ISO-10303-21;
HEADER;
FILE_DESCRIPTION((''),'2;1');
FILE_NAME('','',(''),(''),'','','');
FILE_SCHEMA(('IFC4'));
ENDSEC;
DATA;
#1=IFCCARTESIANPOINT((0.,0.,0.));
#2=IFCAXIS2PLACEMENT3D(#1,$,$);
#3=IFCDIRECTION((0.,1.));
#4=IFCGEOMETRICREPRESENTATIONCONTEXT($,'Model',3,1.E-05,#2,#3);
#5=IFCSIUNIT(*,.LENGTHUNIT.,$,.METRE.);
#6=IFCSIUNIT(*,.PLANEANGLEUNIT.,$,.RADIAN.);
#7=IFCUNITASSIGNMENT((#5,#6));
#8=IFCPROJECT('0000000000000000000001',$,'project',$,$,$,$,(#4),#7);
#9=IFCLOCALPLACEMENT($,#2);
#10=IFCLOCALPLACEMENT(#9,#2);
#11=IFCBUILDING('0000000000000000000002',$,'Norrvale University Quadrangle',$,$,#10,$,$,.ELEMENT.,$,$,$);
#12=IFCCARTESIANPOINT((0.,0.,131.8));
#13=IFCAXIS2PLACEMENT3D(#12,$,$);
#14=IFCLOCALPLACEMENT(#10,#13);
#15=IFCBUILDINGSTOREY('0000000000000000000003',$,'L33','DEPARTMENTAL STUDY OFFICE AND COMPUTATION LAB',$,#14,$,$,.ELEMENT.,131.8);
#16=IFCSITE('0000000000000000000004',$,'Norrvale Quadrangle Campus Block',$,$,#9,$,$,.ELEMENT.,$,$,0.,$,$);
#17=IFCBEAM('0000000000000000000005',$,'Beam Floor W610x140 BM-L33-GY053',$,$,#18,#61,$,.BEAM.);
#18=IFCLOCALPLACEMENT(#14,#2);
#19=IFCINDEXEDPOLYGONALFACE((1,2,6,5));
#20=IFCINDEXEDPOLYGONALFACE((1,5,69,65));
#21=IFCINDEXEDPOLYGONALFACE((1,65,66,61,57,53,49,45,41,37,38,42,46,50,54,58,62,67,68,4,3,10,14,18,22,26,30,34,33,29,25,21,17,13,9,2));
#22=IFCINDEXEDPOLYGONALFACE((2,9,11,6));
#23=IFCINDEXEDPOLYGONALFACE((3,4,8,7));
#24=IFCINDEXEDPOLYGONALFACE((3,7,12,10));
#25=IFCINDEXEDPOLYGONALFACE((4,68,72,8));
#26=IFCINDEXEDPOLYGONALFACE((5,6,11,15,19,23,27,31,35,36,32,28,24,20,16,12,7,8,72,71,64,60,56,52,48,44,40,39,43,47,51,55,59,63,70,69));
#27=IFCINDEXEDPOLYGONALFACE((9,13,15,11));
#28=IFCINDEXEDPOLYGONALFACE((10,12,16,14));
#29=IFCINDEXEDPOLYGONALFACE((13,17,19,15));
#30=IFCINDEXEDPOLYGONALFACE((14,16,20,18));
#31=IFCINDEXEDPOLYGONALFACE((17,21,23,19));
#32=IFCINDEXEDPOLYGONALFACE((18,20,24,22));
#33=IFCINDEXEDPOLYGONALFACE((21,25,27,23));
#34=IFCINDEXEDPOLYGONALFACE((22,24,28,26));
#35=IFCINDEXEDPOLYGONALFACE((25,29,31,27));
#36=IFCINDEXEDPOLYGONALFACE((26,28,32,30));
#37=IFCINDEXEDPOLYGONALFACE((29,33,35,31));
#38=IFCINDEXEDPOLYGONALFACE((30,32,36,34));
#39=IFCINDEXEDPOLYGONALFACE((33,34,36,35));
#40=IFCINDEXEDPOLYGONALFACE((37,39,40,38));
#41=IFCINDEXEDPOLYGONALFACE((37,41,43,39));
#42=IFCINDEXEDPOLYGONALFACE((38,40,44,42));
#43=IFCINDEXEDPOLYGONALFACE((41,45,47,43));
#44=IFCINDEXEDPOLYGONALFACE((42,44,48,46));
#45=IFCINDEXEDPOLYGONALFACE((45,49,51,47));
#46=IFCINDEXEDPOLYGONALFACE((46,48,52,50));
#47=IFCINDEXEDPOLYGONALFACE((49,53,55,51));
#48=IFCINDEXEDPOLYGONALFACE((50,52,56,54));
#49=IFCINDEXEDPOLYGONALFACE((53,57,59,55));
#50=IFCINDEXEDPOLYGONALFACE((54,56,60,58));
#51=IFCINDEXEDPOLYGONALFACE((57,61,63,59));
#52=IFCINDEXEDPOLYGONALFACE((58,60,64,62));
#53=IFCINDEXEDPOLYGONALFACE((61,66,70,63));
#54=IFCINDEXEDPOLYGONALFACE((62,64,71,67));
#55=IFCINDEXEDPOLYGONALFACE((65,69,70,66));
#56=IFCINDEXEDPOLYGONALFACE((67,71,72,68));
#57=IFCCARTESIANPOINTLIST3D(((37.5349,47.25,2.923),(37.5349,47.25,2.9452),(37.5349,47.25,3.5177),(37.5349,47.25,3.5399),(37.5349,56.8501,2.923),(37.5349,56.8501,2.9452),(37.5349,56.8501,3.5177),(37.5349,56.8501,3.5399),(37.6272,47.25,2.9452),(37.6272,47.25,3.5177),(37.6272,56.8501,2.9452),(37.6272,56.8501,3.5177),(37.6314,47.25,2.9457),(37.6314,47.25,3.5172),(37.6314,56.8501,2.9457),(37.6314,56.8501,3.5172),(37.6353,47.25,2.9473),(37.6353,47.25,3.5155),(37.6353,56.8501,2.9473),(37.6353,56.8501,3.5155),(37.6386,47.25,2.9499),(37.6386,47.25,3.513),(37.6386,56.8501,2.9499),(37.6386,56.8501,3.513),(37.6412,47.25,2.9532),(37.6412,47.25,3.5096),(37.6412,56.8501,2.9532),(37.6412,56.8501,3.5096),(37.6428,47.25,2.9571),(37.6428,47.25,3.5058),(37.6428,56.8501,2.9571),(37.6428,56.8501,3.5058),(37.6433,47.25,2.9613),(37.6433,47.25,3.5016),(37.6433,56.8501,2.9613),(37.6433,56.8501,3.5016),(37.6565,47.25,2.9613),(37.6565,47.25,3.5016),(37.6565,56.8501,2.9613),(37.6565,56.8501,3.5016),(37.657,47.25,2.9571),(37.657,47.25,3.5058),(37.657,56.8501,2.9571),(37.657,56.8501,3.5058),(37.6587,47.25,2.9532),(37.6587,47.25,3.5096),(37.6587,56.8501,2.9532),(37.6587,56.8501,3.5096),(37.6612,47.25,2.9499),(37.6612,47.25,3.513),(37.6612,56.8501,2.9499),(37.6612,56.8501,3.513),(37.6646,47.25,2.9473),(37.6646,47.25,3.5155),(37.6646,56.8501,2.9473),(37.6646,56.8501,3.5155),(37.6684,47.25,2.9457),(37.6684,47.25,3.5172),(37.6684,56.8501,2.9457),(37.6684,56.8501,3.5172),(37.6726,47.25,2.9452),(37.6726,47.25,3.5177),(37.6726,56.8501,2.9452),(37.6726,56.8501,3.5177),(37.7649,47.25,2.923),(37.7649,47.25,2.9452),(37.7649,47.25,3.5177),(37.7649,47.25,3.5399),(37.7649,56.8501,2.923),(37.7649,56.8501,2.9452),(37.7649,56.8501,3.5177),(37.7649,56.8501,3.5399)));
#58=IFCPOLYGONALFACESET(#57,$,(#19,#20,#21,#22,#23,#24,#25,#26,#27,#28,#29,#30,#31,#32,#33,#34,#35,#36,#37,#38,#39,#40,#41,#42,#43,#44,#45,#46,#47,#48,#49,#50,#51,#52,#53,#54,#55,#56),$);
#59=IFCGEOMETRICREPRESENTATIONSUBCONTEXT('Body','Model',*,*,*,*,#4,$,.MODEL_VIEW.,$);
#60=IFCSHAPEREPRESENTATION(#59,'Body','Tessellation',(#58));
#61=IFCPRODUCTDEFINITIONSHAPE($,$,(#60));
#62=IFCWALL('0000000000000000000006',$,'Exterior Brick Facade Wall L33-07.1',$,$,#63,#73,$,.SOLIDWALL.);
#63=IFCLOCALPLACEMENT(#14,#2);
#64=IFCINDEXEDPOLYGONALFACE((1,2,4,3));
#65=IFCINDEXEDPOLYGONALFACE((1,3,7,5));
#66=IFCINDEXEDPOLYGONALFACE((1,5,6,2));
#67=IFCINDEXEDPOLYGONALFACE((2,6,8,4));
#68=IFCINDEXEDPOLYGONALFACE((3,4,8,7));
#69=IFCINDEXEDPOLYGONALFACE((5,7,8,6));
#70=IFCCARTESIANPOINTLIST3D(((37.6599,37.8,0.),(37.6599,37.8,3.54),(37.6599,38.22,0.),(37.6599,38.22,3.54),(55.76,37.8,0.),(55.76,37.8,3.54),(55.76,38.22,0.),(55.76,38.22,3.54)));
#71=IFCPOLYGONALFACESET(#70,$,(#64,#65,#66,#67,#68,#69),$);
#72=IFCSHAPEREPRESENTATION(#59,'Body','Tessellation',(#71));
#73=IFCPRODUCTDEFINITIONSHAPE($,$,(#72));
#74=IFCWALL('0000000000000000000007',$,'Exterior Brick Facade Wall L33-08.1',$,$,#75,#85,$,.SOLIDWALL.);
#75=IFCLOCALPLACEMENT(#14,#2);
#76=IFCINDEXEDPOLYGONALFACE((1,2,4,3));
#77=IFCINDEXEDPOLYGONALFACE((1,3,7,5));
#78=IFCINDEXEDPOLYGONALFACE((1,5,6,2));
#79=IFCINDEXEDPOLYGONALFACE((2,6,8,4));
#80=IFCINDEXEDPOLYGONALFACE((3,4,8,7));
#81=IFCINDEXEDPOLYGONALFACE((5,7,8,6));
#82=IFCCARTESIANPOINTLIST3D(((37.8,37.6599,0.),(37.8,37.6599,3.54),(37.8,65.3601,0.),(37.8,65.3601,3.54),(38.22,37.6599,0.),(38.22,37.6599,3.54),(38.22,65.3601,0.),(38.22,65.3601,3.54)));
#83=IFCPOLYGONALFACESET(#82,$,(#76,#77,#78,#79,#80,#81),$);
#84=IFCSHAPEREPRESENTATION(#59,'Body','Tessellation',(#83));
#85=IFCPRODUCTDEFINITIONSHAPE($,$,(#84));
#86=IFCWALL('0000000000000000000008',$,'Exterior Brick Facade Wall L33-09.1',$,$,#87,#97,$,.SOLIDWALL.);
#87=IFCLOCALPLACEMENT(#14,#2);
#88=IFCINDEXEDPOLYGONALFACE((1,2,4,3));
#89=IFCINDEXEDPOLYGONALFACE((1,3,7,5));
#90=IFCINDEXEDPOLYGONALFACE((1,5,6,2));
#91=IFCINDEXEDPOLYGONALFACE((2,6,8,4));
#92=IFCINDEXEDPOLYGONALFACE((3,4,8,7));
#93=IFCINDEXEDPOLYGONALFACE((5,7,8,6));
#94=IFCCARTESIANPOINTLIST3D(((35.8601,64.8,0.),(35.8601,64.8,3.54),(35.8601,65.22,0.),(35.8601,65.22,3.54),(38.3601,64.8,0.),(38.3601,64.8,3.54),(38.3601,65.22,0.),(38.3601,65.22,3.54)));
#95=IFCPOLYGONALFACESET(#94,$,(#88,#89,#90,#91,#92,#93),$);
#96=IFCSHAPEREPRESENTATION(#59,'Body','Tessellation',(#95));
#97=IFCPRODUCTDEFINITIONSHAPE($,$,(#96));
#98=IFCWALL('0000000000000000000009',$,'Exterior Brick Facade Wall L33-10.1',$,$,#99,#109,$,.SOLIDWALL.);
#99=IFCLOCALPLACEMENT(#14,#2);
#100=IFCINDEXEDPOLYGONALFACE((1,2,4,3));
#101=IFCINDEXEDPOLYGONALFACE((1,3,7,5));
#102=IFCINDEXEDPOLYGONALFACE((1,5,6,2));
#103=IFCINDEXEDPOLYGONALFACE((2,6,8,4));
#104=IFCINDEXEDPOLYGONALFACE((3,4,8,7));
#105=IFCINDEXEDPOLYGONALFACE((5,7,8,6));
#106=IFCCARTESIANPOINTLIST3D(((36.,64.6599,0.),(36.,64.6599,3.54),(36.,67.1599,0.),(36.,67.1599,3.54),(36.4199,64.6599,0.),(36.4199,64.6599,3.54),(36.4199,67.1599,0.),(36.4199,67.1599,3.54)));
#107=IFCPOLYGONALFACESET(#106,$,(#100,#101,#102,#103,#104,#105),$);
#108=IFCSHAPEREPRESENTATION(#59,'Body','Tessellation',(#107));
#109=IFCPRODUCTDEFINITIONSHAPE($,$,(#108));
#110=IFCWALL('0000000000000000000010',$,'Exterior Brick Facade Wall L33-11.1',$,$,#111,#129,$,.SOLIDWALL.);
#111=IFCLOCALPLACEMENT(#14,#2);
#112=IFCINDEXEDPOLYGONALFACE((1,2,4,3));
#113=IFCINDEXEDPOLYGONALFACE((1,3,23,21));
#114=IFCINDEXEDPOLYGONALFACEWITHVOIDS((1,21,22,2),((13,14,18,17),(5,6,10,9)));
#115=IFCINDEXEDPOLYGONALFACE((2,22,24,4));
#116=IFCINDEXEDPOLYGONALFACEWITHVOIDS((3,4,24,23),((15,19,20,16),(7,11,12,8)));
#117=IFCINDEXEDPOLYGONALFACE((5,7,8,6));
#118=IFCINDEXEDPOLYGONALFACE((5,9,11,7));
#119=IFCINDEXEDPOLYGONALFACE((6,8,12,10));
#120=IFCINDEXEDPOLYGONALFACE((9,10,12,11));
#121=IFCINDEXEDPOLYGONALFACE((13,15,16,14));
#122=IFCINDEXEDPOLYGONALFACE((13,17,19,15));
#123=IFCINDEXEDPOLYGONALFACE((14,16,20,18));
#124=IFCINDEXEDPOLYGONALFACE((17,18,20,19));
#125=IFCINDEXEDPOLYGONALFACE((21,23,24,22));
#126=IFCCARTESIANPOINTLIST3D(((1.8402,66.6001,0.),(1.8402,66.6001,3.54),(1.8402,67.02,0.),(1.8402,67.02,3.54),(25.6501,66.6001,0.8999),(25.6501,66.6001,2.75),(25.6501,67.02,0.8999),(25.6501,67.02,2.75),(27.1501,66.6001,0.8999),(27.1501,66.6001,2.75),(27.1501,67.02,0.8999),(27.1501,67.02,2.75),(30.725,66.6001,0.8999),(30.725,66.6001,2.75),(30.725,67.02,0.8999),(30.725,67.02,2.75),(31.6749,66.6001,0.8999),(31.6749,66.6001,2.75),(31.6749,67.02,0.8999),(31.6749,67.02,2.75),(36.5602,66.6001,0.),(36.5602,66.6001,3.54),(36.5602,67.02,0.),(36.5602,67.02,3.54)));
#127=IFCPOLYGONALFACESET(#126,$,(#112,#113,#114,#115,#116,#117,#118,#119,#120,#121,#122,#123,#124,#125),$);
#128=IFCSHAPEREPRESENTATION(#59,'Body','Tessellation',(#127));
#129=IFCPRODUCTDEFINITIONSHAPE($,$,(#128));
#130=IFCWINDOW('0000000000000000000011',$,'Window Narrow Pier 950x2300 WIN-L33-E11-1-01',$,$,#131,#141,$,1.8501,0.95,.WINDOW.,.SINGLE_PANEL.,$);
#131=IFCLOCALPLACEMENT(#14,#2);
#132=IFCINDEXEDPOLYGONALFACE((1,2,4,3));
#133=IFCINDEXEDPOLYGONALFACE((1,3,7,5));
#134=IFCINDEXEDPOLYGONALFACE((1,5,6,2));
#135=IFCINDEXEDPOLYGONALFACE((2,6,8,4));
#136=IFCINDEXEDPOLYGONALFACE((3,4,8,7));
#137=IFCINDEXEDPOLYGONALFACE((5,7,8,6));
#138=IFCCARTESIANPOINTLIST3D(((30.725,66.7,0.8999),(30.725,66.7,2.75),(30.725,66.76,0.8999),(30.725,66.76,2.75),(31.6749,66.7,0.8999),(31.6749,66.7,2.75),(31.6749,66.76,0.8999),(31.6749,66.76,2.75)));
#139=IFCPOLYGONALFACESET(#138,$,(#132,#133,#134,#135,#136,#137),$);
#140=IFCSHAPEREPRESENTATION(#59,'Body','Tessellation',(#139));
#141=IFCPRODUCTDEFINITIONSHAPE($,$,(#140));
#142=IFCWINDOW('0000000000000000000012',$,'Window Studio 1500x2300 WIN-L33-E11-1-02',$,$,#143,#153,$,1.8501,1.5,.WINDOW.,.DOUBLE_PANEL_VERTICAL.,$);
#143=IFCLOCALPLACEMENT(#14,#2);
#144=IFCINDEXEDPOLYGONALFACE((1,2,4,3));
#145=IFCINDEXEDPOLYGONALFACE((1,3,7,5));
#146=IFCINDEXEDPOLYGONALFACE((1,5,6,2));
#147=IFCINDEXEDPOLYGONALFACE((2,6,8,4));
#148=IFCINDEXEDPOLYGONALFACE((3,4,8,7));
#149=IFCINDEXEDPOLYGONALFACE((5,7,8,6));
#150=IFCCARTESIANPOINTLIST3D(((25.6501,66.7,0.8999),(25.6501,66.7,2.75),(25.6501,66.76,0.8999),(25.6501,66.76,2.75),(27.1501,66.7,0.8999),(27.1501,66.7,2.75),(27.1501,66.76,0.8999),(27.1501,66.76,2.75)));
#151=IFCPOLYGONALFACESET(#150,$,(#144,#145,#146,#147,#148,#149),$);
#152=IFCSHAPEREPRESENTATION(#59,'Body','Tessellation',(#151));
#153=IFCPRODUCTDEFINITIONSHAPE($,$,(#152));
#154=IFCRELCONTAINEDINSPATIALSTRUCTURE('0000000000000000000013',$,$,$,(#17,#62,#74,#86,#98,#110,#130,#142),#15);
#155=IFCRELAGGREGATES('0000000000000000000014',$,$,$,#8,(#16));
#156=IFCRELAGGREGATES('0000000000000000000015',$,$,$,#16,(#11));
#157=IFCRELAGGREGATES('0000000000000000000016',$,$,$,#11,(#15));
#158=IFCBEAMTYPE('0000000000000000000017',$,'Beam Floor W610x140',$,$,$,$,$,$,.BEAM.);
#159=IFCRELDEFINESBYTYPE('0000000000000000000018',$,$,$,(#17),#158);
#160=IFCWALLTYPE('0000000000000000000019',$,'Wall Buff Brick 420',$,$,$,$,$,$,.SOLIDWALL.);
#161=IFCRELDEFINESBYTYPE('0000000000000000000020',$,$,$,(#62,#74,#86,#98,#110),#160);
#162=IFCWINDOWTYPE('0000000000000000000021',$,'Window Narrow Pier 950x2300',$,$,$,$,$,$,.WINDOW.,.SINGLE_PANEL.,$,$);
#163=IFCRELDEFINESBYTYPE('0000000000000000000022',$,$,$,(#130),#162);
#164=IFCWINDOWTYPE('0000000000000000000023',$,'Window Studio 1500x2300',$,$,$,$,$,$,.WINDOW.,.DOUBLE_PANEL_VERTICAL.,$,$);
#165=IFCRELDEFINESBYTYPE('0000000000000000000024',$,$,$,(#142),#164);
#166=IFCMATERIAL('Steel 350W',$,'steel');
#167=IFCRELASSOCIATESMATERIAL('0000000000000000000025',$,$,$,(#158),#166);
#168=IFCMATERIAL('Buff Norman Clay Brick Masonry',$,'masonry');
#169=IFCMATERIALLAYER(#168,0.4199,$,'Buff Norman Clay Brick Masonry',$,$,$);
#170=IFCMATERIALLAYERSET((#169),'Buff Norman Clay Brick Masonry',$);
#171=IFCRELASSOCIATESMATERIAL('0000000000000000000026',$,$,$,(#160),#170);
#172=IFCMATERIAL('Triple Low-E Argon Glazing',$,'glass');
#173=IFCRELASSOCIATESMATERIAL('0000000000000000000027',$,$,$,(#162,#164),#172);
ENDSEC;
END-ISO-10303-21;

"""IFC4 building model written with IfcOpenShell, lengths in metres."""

from ifc_helpers import new_model, si_unit, direction, frame, frame_2d, origin, origin_2d, place, context, subcontext, project, spatial, rectangle, i_section, extrude, material, layer, layer_set, material_profile, profile_set, type_object, element, fill, save


model = new_model("IFC4")

# Units and contexts
model_context = context("Model", 3, precision=1e-05, world=origin(), true_north=direction((0.0, 1.0)))
body_context = subcontext(model_context, "Body", "Model", "MODEL_VIEW")
ifc_project = project(units=[si_unit("LENGTHUNIT", "METRE"), si_unit("PLANEANGLEUNIT", "RADIAN")], contexts=[model_context])

# Site, building, storey
site_placement = place(None, origin())
site = spatial("IfcSite", under=ifc_project, at=site_placement, Name="Norrvale Quadrangle Campus Block", CompositionType="ELEMENT", RefElevation=0.0)
building_placement = place(site_placement, origin())
building = spatial("IfcBuilding", under=site, at=building_placement, Name="Norrvale University Quadrangle", CompositionType="ELEMENT")
storey_placement = place(building_placement, frame((0.0, 0.0, 131.8)))
storey = spatial("IfcBuildingStorey", under=building, at=storey_placement, Name="L33", Description="DEPARTMENTAL STUDY OFFICE AND COMPUTATION LAB", CompositionType="ELEMENT", Elevation=131.8)

# Beam
ifc_material_1 = material(Name="Steel 350W", Category="steel")
ifc_material_profile_1 = material_profile(ifc_material_1, i_section(OverallWidth=0.23, OverallDepth=0.6169, WebThickness=0.0132, FlangeThickness=0.0222, FilletRadius=0.0161, at=origin_2d()), Name="Steel 350W")
ifc_profile_set_1 = profile_set([ifc_material_profile_1], Name="Steel 350W")
beam_type_1 = type_object("IfcBeamType", Name="Beam Floor W610x140", PredefinedType="BEAM", material=ifc_profile_set_1)
beam_1_placement = place(storey_placement, frame((37.6499, 47.25, 3.2314), z_axis=(0.0, 1.0, 0.0), x_axis=(-1.0, 0.0, 0.0)))
element("IfcBeam", 1, at=beam_1_placement, inside=storey, type_object=beam_type_1, Name="Beam Floor W610x140 BM-L33-GY053", PredefinedType="BEAM", context=body_context, shape_type="SweptSolid", body=[
    extrude(i_section(OverallWidth=0.23, OverallDepth=0.6169, WebThickness=0.0132, FlangeThickness=0.0222, FilletRadius=0.0161, at=origin_2d()), origin(), (0.0, 0.0, 1.0), 9.6001),
])

# Walls
ifc_material_2 = material(Name="Buff Norman Clay Brick Masonry", Category="masonry")
ifc_layer = layer(ifc_material_2, 0.4199, Name="Buff Norman Clay Brick Masonry")
ifc_layer_set = layer_set([ifc_layer], Name="Buff Norman Clay Brick Masonry")
wall_type = type_object("IfcWallType", Name="Wall Buff Brick 420", PredefinedType="SOLIDWALL", material=ifc_layer_set)
wall_1_placement = place(storey_placement, frame((55.76, 38.01, 0.0), z_axis=(0.0, 0.0, 1.0), x_axis=(-1.0, 0.0, 0.0)))
element("IfcWall", 2, at=wall_1_placement, inside=storey, type_object=wall_type, Name="Exterior Brick Facade Wall L33-07.1", PredefinedType="SOLIDWALL", context=body_context, shape_type="SweptSolid", body=[
    extrude(rectangle(XDim=18.1001, YDim=0.4199, at=frame_2d((9.05, 0.0))), origin(), (0.0, 0.0, 1.0), 3.54),
])
wall_2_placement = place(storey_placement, frame((38.01, 37.6599, 0.0), z_axis=(0.0, 0.0, 1.0), x_axis=(0.0, 1.0, 0.0)))
element("IfcWall", 3, at=wall_2_placement, inside=storey, type_object=wall_type, Name="Exterior Brick Facade Wall L33-08.1", PredefinedType="SOLIDWALL", context=body_context, shape_type="SweptSolid", body=[
    extrude(rectangle(XDim=27.7002, YDim=0.4199, at=frame_2d((13.8501, 0.0))), origin(), (0.0, 0.0, 1.0), 3.54),
])
for number, where, z_axis, x_axis, name in (
    (4, (38.3601, 65.01, 0.0), (0.0, 0.0, 1.0), (-1.0, 0.0, 0.0), "Exterior Brick Facade Wall L33-09.1"),
    (5, (36.21, 64.6599, 0.0), (0.0, 0.0, 1.0), (0.0, 1.0, 0.0), "Exterior Brick Facade Wall L33-10.1"),
):
    element("IfcWall", number, at=place(storey_placement, frame(where, z_axis=z_axis, x_axis=x_axis)), inside=storey, type_object=wall_type, Name=name, PredefinedType="SOLIDWALL", context=body_context, shape_type="SweptSolid", body=[
        extrude(rectangle(XDim=2.5, YDim=0.4199, at=frame_2d((1.25, 0.0))), origin(), (0.0, 0.0, 1.0), 3.54),
    ])

# Wall, openings, windows
wall_3_placement = place(storey_placement, frame((36.5601, 66.8101, 0.0), z_axis=(0.0, 0.0, 1.0), x_axis=(-1.0, 0.0, 0.0)))
wall_3 = element("IfcWall", 6, at=wall_3_placement, inside=storey, type_object=wall_type, Name="Exterior Brick Facade Wall L33-11.1", PredefinedType="SOLIDWALL", context=body_context, shape_type="SweptSolid", body=[
    extrude(rectangle(XDim=34.72, YDim=0.4199, at=frame_2d((17.3599, 0.0))), origin(), (0.0, 0.0, 1.0), 3.54),
])
opening_1_placement = place(wall_3_placement, frame((4.885, 0.0, 0.8999)))
opening_1 = element("IfcOpeningElement", 7, at=opening_1_placement, cuts=wall_3, PredefinedType="OPENING", context=body_context, shape_type="SweptSolid", body=[
    extrude(rectangle(XDim=0.95, YDim=1.8501, at=frame_2d((0.4751, 0.925))), frame((0.0, 0.2219, 0.0), z_axis=(0.0, -1.0, 0.0), x_axis=(1.0, 0.0, 0.0)), (0.0, 0.0, 1.0), 0.4438),
])
opening_2_placement = place(wall_3_placement, frame((9.4099, 0.0, 0.8999)))
opening_2 = element("IfcOpeningElement", 8, at=opening_2_placement, cuts=wall_3, PredefinedType="OPENING", context=body_context, shape_type="SweptSolid", body=[
    extrude(rectangle(XDim=1.5, YDim=1.8501, at=frame_2d((0.75, 0.925))), frame((0.0, 0.2219, 0.0), z_axis=(0.0, -1.0, 0.0), x_axis=(1.0, 0.0, 0.0)), (0.0, 0.0, 1.0), 0.4438),
])
ifc_material_3 = material(Name="Triple Low-E Argon Glazing", Category="glass")
window_type_1 = type_object("IfcWindowType", Name="Window Narrow Pier 950x2300", PartitioningType="SINGLE_PANEL", PredefinedType="WINDOW", material=ifc_material_3)
window_1_placement = place(opening_1_placement, origin())
window_1 = element("IfcWindow", 9, at=window_1_placement, inside=storey, type_object=window_type_1, Name="Window Narrow Pier 950x2300 WIN-L33-E11-1-01", OverallHeight=1.8501, OverallWidth=0.95, PartitioningType="SINGLE_PANEL", PredefinedType="WINDOW", context=body_context, shape_type="SweptSolid", body=[
    extrude(rectangle(XDim=0.95, YDim=1.8501, at=frame_2d((0.4751, 0.925))), frame((0.0, 0.1101, 0.0), z_axis=(0.0, -1.0, 0.0), x_axis=(1.0, 0.0, 0.0)), (0.0, 0.0, 1.0), 0.0601),
])
fill(opening_1, window_1)
window_type_2 = type_object("IfcWindowType", Name="Window Studio 1500x2300", PartitioningType="DOUBLE_PANEL_VERTICAL", PredefinedType="WINDOW", material=ifc_material_3)
window_2_placement = place(opening_2_placement, origin())
window_2 = element("IfcWindow", 10, at=window_2_placement, inside=storey, type_object=window_type_2, Name="Window Studio 1500x2300 WIN-L33-E11-1-02", OverallHeight=1.8501, OverallWidth=1.5, PartitioningType="DOUBLE_PANEL_VERTICAL", PredefinedType="WINDOW", context=body_context, shape_type="SweptSolid", body=[
    extrude(rectangle(XDim=1.5, YDim=1.8501, at=frame_2d((0.75, 0.925))), frame((0.0, 0.1101, 0.0), z_axis=(0.0, -1.0, 0.0), x_axis=(1.0, 0.0, 0.0)), (0.0, 0.0, 1.0), 0.0601),
])
fill(opening_2, window_2)

save(model, "model.ifc")
